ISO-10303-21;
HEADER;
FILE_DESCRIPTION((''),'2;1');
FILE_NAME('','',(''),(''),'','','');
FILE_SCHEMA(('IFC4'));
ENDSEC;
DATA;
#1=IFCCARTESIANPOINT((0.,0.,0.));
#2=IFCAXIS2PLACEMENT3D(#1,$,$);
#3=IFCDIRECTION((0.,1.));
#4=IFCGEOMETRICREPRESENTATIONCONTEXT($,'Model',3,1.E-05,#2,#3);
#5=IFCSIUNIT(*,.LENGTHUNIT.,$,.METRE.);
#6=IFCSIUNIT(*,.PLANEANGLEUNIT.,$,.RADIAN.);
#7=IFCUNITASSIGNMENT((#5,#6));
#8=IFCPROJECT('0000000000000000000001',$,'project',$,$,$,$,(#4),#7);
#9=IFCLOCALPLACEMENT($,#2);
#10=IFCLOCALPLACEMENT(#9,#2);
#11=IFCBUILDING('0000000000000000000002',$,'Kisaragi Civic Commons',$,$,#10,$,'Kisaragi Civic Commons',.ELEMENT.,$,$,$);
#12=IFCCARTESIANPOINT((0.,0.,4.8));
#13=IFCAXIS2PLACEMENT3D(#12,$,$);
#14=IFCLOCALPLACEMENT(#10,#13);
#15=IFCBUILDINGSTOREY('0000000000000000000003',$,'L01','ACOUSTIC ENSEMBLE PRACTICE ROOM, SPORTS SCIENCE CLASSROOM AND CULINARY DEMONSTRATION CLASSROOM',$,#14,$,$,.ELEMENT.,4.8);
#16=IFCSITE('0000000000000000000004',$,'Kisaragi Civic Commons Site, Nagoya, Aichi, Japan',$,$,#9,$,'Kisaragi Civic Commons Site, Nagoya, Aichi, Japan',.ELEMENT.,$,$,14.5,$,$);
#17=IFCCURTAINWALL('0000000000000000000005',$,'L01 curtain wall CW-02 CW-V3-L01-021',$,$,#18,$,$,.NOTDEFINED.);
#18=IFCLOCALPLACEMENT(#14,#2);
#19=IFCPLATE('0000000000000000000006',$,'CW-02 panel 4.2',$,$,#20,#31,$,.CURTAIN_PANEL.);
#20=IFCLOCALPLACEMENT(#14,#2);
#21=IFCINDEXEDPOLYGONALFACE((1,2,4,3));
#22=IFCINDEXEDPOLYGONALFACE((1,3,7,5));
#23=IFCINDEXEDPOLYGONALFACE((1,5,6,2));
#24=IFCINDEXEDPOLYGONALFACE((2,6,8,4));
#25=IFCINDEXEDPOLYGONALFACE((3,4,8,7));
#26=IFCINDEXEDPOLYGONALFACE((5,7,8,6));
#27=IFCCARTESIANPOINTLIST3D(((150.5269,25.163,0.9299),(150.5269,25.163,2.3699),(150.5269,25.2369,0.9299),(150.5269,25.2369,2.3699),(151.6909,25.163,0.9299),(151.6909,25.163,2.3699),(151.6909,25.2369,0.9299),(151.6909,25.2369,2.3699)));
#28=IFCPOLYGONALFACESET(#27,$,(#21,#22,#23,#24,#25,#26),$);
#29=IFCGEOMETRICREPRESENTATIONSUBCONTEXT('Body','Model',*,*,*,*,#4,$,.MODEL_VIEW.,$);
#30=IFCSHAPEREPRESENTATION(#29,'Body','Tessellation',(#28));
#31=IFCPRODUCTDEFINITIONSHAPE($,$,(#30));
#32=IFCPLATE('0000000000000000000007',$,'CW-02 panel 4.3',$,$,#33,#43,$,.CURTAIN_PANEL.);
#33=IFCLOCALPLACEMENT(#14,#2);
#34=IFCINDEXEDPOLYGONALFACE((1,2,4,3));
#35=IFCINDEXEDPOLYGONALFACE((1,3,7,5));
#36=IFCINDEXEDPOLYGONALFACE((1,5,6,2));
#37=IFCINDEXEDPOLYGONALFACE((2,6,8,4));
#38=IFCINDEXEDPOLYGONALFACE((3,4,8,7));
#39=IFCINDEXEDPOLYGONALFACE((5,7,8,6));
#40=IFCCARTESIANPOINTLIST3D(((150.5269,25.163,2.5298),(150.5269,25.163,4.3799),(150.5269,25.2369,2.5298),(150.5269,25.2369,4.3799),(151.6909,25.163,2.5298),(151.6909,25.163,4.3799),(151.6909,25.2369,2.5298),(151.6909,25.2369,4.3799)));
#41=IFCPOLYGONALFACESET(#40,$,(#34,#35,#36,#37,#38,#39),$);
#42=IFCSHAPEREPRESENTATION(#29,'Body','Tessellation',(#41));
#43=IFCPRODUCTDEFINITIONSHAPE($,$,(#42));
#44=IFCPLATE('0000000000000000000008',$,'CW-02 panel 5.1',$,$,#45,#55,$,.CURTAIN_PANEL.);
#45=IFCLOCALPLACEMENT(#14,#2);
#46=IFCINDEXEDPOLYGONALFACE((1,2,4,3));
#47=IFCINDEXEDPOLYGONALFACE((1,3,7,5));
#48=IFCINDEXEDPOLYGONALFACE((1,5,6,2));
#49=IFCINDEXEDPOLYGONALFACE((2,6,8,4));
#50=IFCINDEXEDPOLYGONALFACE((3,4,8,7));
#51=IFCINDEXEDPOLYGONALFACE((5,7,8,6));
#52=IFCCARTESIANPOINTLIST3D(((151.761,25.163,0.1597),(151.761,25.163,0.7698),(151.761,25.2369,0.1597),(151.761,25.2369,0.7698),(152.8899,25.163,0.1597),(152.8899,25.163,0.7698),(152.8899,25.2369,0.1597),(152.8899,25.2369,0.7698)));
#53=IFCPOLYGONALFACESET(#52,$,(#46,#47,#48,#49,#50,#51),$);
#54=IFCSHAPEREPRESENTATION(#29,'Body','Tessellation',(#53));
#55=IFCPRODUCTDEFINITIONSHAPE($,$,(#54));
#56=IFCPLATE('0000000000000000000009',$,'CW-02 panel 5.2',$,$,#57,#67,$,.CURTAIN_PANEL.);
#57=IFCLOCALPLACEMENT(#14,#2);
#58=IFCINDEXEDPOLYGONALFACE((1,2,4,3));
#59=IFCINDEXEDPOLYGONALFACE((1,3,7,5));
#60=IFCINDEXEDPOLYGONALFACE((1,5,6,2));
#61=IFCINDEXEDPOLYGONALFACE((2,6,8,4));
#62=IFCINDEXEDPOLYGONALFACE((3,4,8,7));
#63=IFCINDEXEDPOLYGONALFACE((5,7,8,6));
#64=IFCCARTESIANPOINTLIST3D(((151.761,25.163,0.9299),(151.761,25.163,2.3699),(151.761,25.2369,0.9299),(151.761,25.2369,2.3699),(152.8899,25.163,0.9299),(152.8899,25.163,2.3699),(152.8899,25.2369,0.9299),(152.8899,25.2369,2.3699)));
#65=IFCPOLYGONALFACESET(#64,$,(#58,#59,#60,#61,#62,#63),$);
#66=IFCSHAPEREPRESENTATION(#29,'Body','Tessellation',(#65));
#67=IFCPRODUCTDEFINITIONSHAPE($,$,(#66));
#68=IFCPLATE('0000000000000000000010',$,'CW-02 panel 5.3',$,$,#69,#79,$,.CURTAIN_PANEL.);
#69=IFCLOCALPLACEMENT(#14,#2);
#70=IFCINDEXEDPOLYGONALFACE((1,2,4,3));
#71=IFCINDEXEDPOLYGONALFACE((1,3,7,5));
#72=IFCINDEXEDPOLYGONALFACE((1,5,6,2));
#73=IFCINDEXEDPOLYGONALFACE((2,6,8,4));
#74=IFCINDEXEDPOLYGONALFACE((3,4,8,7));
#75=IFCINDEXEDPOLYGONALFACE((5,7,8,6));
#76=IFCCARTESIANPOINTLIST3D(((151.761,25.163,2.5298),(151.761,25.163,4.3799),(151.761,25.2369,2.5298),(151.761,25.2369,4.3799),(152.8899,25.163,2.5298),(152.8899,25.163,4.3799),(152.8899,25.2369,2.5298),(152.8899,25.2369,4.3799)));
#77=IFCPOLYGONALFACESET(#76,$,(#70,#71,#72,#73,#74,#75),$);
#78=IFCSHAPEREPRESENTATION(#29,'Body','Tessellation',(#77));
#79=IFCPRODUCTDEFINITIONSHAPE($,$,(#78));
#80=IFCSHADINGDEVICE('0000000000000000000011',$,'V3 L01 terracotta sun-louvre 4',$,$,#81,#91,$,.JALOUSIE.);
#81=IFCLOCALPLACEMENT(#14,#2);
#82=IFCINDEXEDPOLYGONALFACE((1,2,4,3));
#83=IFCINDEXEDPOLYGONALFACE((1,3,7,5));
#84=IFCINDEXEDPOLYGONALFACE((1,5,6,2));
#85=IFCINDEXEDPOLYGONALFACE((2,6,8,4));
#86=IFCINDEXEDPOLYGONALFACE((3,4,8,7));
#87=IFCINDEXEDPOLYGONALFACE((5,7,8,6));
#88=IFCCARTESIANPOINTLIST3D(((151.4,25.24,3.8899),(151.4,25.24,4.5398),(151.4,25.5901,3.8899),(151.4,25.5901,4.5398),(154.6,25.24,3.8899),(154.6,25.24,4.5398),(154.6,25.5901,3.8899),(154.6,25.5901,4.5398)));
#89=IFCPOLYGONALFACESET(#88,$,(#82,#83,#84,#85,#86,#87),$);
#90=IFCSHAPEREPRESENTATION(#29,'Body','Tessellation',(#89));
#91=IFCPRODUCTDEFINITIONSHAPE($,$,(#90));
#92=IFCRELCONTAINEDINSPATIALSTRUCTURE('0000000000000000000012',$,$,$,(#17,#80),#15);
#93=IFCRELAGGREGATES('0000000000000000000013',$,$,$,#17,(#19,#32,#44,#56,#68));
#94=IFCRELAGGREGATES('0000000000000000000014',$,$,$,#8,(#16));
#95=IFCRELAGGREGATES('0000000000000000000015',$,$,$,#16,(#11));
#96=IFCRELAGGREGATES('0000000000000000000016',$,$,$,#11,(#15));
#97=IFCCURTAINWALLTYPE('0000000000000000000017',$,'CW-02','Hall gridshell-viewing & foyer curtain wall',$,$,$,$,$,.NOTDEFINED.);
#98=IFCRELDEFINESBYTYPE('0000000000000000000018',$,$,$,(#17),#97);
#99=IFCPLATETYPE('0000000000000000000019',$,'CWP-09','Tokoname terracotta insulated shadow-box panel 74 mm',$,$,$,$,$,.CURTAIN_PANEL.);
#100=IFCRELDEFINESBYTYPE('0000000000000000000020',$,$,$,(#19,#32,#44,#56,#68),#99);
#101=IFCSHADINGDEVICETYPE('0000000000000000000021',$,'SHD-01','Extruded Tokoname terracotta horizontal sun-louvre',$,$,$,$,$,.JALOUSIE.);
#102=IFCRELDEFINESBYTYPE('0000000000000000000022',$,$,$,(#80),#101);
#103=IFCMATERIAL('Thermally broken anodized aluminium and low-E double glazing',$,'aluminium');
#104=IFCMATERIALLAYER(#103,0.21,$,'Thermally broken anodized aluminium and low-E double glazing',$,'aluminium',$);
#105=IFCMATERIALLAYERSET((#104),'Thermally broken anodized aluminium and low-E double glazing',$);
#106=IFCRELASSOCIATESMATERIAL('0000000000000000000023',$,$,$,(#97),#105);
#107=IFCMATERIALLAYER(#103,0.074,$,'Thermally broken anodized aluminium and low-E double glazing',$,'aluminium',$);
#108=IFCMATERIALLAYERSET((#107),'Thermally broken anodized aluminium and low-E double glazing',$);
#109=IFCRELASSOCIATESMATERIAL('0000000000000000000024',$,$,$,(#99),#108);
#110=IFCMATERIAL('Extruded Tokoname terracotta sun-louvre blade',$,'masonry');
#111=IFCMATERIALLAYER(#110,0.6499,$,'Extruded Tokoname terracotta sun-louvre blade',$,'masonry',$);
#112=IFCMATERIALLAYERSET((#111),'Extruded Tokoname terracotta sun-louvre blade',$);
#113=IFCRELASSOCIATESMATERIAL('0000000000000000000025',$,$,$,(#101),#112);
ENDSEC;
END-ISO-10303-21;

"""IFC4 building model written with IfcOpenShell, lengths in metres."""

from ifc_helpers import new_model, si_unit, direction, frame, origin, origin_2d, place, context, subcontext, project, spatial, rectangle, extrude, material, layer, layer_set, type_object, element, aggregate, save


model = new_model("IFC4")

# Units and contexts
model_context = context("Model", 3, precision=1e-05, world=origin(), true_north=direction((0.0, 1.0)))
body_context = subcontext(model_context, "Body", "Model", "MODEL_VIEW")
ifc_project = project(units=[si_unit("LENGTHUNIT", "METRE"), si_unit("PLANEANGLEUNIT", "RADIAN")], contexts=[model_context])

# Site, building, storey
site_placement = place(None, origin())
site = spatial("IfcSite", under=ifc_project, at=site_placement, Name="Kisaragi Civic Commons Site, Nagoya, Aichi, Japan", LongName="Kisaragi Civic Commons Site, Nagoya, Aichi, Japan", CompositionType="ELEMENT", RefElevation=14.5)
building_placement = place(site_placement, origin())
building = spatial("IfcBuilding", under=site, at=building_placement, Name="Kisaragi Civic Commons", LongName="Kisaragi Civic Commons", CompositionType="ELEMENT")
storey_placement = place(building_placement, frame((0.0, 0.0, 4.8)))
storey = spatial("IfcBuildingStorey", under=building, at=storey_placement, Name="L01", Description="ACOUSTIC ENSEMBLE PRACTICE ROOM, SPORTS SCIENCE CLASSROOM AND CULINARY DEMONSTRATION CLASSROOM", CompositionType="ELEMENT", Elevation=4.8)

# Curtain wall
ifc_material_1 = material(Name="Thermally broken anodized aluminium and low-E double glazing", Category="aluminium")
ifc_layer_1 = layer(ifc_material_1, 0.21, Name="Thermally broken anodized aluminium and low-E double glazing", Category="aluminium")
ifc_layer_set_1 = layer_set([ifc_layer_1], Name="Thermally broken anodized aluminium and low-E double glazing")
curtain_wall_type = type_object("IfcCurtainWallType", Name="CW-02", Description="Hall gridshell-viewing & foyer curtain wall", PredefinedType="NOTDEFINED", material=ifc_layer_set_1)
curtain_wall_1_placement = place(storey_placement, origin())
curtain_wall_1 = element("IfcCurtainWall", 1, at=curtain_wall_1_placement, inside=storey, type_object=curtain_wall_type, Name="L01 curtain wall CW-02 CW-V3-L01-021", PredefinedType="NOTDEFINED")

# Plates
ifc_layer_2 = layer(ifc_material_1, 0.074, Name="Thermally broken anodized aluminium and low-E double glazing", Category="aluminium")
ifc_layer_set_2 = layer_set([ifc_layer_2], Name="Thermally broken anodized aluminium and low-E double glazing")
plate_type = type_object("IfcPlateType", Name="CWP-09", Description="Tokoname terracotta insulated shadow-box panel 74 mm", PredefinedType="CURTAIN_PANEL", material=ifc_layer_set_2)
plate_1_placement = place(storey_placement, frame((151.1089, 25.2, 0.9299), z_axis=(0.0, 0.0, 1.0), x_axis=(1.0, 0.0, 0.0)))
plate_1 = element("IfcPlate", 2, at=plate_1_placement, type_object=plate_type, Name="CW-02 panel 4.2", PredefinedType="CURTAIN_PANEL", context=body_context, shape_type="SweptSolid", body=[
    extrude(rectangle(XDim=1.1641, YDim=0.074, at=origin_2d()), origin(), (0.0, 0.0, 1.0), 1.4399),
])
plate_2_placement = place(storey_placement, frame((151.1089, 25.2, 2.5298), z_axis=(0.0, 0.0, 1.0), x_axis=(1.0, 0.0, 0.0)))
plate_2 = element("IfcPlate", 3, at=plate_2_placement, type_object=plate_type, Name="CW-02 panel 4.3", PredefinedType="CURTAIN_PANEL", context=body_context, shape_type="SweptSolid", body=[
    extrude(rectangle(XDim=1.1641, YDim=0.074, at=origin_2d()), origin(), (0.0, 0.0, 1.0), 1.8501),
])
plate_3_placement = place(storey_placement, frame((152.3254, 25.2, 0.1597), z_axis=(0.0, 0.0, 1.0), x_axis=(1.0, 0.0, 0.0)))
plate_3 = element("IfcPlate", 4, at=plate_3_placement, type_object=plate_type, Name="CW-02 panel 5.1", PredefinedType="CURTAIN_PANEL", context=body_context, shape_type="SweptSolid", body=[
    extrude(rectangle(XDim=1.1289, YDim=0.074, at=origin_2d()), origin(), (0.0, 0.0, 1.0), 0.6101),
])
plate_4_placement = place(storey_placement, frame((152.3254, 25.2, 0.9299), z_axis=(0.0, 0.0, 1.0), x_axis=(1.0, 0.0, 0.0)))
plate_4 = element("IfcPlate", 5, at=plate_4_placement, type_object=plate_type, Name="CW-02 panel 5.2", PredefinedType="CURTAIN_PANEL", context=body_context, shape_type="SweptSolid", body=[
    extrude(rectangle(XDim=1.1289, YDim=0.074, at=origin_2d()), origin(), (0.0, 0.0, 1.0), 1.4399),
])
plate_5_placement = place(storey_placement, frame((152.3254, 25.2, 2.5298), z_axis=(0.0, 0.0, 1.0), x_axis=(1.0, 0.0, 0.0)))
plate_5 = element("IfcPlate", 6, at=plate_5_placement, type_object=plate_type, Name="CW-02 panel 5.3", PredefinedType="CURTAIN_PANEL", context=body_context, shape_type="SweptSolid", body=[
    extrude(rectangle(XDim=1.1289, YDim=0.074, at=origin_2d()), origin(), (0.0, 0.0, 1.0), 1.8501),
])
aggregate(curtain_wall_1, [plate_1, plate_2, plate_3, plate_4, plate_5])

# Shading device
ifc_material_2 = material(Name="Extruded Tokoname terracotta sun-louvre blade", Category="masonry")
ifc_layer_3 = layer(ifc_material_2, 0.6499, Name="Extruded Tokoname terracotta sun-louvre blade", Category="masonry")
ifc_layer_set_3 = layer_set([ifc_layer_3], Name="Extruded Tokoname terracotta sun-louvre blade")
shading_device_type = type_object("IfcShadingDeviceType", Name="SHD-01", Description="Extruded Tokoname terracotta horizontal sun-louvre", PredefinedType="JALOUSIE", material=ifc_layer_set_3)
shading_device_placement = place(storey_placement, frame((153.0, 25.415, 3.8899), z_axis=(0.0, 0.0, 1.0), x_axis=(1.0, 0.0, 0.0)))
element("IfcShadingDevice", 7, at=shading_device_placement, inside=storey, type_object=shading_device_type, Name="V3 L01 terracotta sun-louvre 4", PredefinedType="JALOUSIE", context=body_context, shape_type="SweptSolid", body=[
    extrude(rectangle(XDim=3.2, YDim=0.3501, at=origin_2d()), origin(), (0.0, 0.0, 1.0), 0.6499),
])

save(model, "model.ifc")
